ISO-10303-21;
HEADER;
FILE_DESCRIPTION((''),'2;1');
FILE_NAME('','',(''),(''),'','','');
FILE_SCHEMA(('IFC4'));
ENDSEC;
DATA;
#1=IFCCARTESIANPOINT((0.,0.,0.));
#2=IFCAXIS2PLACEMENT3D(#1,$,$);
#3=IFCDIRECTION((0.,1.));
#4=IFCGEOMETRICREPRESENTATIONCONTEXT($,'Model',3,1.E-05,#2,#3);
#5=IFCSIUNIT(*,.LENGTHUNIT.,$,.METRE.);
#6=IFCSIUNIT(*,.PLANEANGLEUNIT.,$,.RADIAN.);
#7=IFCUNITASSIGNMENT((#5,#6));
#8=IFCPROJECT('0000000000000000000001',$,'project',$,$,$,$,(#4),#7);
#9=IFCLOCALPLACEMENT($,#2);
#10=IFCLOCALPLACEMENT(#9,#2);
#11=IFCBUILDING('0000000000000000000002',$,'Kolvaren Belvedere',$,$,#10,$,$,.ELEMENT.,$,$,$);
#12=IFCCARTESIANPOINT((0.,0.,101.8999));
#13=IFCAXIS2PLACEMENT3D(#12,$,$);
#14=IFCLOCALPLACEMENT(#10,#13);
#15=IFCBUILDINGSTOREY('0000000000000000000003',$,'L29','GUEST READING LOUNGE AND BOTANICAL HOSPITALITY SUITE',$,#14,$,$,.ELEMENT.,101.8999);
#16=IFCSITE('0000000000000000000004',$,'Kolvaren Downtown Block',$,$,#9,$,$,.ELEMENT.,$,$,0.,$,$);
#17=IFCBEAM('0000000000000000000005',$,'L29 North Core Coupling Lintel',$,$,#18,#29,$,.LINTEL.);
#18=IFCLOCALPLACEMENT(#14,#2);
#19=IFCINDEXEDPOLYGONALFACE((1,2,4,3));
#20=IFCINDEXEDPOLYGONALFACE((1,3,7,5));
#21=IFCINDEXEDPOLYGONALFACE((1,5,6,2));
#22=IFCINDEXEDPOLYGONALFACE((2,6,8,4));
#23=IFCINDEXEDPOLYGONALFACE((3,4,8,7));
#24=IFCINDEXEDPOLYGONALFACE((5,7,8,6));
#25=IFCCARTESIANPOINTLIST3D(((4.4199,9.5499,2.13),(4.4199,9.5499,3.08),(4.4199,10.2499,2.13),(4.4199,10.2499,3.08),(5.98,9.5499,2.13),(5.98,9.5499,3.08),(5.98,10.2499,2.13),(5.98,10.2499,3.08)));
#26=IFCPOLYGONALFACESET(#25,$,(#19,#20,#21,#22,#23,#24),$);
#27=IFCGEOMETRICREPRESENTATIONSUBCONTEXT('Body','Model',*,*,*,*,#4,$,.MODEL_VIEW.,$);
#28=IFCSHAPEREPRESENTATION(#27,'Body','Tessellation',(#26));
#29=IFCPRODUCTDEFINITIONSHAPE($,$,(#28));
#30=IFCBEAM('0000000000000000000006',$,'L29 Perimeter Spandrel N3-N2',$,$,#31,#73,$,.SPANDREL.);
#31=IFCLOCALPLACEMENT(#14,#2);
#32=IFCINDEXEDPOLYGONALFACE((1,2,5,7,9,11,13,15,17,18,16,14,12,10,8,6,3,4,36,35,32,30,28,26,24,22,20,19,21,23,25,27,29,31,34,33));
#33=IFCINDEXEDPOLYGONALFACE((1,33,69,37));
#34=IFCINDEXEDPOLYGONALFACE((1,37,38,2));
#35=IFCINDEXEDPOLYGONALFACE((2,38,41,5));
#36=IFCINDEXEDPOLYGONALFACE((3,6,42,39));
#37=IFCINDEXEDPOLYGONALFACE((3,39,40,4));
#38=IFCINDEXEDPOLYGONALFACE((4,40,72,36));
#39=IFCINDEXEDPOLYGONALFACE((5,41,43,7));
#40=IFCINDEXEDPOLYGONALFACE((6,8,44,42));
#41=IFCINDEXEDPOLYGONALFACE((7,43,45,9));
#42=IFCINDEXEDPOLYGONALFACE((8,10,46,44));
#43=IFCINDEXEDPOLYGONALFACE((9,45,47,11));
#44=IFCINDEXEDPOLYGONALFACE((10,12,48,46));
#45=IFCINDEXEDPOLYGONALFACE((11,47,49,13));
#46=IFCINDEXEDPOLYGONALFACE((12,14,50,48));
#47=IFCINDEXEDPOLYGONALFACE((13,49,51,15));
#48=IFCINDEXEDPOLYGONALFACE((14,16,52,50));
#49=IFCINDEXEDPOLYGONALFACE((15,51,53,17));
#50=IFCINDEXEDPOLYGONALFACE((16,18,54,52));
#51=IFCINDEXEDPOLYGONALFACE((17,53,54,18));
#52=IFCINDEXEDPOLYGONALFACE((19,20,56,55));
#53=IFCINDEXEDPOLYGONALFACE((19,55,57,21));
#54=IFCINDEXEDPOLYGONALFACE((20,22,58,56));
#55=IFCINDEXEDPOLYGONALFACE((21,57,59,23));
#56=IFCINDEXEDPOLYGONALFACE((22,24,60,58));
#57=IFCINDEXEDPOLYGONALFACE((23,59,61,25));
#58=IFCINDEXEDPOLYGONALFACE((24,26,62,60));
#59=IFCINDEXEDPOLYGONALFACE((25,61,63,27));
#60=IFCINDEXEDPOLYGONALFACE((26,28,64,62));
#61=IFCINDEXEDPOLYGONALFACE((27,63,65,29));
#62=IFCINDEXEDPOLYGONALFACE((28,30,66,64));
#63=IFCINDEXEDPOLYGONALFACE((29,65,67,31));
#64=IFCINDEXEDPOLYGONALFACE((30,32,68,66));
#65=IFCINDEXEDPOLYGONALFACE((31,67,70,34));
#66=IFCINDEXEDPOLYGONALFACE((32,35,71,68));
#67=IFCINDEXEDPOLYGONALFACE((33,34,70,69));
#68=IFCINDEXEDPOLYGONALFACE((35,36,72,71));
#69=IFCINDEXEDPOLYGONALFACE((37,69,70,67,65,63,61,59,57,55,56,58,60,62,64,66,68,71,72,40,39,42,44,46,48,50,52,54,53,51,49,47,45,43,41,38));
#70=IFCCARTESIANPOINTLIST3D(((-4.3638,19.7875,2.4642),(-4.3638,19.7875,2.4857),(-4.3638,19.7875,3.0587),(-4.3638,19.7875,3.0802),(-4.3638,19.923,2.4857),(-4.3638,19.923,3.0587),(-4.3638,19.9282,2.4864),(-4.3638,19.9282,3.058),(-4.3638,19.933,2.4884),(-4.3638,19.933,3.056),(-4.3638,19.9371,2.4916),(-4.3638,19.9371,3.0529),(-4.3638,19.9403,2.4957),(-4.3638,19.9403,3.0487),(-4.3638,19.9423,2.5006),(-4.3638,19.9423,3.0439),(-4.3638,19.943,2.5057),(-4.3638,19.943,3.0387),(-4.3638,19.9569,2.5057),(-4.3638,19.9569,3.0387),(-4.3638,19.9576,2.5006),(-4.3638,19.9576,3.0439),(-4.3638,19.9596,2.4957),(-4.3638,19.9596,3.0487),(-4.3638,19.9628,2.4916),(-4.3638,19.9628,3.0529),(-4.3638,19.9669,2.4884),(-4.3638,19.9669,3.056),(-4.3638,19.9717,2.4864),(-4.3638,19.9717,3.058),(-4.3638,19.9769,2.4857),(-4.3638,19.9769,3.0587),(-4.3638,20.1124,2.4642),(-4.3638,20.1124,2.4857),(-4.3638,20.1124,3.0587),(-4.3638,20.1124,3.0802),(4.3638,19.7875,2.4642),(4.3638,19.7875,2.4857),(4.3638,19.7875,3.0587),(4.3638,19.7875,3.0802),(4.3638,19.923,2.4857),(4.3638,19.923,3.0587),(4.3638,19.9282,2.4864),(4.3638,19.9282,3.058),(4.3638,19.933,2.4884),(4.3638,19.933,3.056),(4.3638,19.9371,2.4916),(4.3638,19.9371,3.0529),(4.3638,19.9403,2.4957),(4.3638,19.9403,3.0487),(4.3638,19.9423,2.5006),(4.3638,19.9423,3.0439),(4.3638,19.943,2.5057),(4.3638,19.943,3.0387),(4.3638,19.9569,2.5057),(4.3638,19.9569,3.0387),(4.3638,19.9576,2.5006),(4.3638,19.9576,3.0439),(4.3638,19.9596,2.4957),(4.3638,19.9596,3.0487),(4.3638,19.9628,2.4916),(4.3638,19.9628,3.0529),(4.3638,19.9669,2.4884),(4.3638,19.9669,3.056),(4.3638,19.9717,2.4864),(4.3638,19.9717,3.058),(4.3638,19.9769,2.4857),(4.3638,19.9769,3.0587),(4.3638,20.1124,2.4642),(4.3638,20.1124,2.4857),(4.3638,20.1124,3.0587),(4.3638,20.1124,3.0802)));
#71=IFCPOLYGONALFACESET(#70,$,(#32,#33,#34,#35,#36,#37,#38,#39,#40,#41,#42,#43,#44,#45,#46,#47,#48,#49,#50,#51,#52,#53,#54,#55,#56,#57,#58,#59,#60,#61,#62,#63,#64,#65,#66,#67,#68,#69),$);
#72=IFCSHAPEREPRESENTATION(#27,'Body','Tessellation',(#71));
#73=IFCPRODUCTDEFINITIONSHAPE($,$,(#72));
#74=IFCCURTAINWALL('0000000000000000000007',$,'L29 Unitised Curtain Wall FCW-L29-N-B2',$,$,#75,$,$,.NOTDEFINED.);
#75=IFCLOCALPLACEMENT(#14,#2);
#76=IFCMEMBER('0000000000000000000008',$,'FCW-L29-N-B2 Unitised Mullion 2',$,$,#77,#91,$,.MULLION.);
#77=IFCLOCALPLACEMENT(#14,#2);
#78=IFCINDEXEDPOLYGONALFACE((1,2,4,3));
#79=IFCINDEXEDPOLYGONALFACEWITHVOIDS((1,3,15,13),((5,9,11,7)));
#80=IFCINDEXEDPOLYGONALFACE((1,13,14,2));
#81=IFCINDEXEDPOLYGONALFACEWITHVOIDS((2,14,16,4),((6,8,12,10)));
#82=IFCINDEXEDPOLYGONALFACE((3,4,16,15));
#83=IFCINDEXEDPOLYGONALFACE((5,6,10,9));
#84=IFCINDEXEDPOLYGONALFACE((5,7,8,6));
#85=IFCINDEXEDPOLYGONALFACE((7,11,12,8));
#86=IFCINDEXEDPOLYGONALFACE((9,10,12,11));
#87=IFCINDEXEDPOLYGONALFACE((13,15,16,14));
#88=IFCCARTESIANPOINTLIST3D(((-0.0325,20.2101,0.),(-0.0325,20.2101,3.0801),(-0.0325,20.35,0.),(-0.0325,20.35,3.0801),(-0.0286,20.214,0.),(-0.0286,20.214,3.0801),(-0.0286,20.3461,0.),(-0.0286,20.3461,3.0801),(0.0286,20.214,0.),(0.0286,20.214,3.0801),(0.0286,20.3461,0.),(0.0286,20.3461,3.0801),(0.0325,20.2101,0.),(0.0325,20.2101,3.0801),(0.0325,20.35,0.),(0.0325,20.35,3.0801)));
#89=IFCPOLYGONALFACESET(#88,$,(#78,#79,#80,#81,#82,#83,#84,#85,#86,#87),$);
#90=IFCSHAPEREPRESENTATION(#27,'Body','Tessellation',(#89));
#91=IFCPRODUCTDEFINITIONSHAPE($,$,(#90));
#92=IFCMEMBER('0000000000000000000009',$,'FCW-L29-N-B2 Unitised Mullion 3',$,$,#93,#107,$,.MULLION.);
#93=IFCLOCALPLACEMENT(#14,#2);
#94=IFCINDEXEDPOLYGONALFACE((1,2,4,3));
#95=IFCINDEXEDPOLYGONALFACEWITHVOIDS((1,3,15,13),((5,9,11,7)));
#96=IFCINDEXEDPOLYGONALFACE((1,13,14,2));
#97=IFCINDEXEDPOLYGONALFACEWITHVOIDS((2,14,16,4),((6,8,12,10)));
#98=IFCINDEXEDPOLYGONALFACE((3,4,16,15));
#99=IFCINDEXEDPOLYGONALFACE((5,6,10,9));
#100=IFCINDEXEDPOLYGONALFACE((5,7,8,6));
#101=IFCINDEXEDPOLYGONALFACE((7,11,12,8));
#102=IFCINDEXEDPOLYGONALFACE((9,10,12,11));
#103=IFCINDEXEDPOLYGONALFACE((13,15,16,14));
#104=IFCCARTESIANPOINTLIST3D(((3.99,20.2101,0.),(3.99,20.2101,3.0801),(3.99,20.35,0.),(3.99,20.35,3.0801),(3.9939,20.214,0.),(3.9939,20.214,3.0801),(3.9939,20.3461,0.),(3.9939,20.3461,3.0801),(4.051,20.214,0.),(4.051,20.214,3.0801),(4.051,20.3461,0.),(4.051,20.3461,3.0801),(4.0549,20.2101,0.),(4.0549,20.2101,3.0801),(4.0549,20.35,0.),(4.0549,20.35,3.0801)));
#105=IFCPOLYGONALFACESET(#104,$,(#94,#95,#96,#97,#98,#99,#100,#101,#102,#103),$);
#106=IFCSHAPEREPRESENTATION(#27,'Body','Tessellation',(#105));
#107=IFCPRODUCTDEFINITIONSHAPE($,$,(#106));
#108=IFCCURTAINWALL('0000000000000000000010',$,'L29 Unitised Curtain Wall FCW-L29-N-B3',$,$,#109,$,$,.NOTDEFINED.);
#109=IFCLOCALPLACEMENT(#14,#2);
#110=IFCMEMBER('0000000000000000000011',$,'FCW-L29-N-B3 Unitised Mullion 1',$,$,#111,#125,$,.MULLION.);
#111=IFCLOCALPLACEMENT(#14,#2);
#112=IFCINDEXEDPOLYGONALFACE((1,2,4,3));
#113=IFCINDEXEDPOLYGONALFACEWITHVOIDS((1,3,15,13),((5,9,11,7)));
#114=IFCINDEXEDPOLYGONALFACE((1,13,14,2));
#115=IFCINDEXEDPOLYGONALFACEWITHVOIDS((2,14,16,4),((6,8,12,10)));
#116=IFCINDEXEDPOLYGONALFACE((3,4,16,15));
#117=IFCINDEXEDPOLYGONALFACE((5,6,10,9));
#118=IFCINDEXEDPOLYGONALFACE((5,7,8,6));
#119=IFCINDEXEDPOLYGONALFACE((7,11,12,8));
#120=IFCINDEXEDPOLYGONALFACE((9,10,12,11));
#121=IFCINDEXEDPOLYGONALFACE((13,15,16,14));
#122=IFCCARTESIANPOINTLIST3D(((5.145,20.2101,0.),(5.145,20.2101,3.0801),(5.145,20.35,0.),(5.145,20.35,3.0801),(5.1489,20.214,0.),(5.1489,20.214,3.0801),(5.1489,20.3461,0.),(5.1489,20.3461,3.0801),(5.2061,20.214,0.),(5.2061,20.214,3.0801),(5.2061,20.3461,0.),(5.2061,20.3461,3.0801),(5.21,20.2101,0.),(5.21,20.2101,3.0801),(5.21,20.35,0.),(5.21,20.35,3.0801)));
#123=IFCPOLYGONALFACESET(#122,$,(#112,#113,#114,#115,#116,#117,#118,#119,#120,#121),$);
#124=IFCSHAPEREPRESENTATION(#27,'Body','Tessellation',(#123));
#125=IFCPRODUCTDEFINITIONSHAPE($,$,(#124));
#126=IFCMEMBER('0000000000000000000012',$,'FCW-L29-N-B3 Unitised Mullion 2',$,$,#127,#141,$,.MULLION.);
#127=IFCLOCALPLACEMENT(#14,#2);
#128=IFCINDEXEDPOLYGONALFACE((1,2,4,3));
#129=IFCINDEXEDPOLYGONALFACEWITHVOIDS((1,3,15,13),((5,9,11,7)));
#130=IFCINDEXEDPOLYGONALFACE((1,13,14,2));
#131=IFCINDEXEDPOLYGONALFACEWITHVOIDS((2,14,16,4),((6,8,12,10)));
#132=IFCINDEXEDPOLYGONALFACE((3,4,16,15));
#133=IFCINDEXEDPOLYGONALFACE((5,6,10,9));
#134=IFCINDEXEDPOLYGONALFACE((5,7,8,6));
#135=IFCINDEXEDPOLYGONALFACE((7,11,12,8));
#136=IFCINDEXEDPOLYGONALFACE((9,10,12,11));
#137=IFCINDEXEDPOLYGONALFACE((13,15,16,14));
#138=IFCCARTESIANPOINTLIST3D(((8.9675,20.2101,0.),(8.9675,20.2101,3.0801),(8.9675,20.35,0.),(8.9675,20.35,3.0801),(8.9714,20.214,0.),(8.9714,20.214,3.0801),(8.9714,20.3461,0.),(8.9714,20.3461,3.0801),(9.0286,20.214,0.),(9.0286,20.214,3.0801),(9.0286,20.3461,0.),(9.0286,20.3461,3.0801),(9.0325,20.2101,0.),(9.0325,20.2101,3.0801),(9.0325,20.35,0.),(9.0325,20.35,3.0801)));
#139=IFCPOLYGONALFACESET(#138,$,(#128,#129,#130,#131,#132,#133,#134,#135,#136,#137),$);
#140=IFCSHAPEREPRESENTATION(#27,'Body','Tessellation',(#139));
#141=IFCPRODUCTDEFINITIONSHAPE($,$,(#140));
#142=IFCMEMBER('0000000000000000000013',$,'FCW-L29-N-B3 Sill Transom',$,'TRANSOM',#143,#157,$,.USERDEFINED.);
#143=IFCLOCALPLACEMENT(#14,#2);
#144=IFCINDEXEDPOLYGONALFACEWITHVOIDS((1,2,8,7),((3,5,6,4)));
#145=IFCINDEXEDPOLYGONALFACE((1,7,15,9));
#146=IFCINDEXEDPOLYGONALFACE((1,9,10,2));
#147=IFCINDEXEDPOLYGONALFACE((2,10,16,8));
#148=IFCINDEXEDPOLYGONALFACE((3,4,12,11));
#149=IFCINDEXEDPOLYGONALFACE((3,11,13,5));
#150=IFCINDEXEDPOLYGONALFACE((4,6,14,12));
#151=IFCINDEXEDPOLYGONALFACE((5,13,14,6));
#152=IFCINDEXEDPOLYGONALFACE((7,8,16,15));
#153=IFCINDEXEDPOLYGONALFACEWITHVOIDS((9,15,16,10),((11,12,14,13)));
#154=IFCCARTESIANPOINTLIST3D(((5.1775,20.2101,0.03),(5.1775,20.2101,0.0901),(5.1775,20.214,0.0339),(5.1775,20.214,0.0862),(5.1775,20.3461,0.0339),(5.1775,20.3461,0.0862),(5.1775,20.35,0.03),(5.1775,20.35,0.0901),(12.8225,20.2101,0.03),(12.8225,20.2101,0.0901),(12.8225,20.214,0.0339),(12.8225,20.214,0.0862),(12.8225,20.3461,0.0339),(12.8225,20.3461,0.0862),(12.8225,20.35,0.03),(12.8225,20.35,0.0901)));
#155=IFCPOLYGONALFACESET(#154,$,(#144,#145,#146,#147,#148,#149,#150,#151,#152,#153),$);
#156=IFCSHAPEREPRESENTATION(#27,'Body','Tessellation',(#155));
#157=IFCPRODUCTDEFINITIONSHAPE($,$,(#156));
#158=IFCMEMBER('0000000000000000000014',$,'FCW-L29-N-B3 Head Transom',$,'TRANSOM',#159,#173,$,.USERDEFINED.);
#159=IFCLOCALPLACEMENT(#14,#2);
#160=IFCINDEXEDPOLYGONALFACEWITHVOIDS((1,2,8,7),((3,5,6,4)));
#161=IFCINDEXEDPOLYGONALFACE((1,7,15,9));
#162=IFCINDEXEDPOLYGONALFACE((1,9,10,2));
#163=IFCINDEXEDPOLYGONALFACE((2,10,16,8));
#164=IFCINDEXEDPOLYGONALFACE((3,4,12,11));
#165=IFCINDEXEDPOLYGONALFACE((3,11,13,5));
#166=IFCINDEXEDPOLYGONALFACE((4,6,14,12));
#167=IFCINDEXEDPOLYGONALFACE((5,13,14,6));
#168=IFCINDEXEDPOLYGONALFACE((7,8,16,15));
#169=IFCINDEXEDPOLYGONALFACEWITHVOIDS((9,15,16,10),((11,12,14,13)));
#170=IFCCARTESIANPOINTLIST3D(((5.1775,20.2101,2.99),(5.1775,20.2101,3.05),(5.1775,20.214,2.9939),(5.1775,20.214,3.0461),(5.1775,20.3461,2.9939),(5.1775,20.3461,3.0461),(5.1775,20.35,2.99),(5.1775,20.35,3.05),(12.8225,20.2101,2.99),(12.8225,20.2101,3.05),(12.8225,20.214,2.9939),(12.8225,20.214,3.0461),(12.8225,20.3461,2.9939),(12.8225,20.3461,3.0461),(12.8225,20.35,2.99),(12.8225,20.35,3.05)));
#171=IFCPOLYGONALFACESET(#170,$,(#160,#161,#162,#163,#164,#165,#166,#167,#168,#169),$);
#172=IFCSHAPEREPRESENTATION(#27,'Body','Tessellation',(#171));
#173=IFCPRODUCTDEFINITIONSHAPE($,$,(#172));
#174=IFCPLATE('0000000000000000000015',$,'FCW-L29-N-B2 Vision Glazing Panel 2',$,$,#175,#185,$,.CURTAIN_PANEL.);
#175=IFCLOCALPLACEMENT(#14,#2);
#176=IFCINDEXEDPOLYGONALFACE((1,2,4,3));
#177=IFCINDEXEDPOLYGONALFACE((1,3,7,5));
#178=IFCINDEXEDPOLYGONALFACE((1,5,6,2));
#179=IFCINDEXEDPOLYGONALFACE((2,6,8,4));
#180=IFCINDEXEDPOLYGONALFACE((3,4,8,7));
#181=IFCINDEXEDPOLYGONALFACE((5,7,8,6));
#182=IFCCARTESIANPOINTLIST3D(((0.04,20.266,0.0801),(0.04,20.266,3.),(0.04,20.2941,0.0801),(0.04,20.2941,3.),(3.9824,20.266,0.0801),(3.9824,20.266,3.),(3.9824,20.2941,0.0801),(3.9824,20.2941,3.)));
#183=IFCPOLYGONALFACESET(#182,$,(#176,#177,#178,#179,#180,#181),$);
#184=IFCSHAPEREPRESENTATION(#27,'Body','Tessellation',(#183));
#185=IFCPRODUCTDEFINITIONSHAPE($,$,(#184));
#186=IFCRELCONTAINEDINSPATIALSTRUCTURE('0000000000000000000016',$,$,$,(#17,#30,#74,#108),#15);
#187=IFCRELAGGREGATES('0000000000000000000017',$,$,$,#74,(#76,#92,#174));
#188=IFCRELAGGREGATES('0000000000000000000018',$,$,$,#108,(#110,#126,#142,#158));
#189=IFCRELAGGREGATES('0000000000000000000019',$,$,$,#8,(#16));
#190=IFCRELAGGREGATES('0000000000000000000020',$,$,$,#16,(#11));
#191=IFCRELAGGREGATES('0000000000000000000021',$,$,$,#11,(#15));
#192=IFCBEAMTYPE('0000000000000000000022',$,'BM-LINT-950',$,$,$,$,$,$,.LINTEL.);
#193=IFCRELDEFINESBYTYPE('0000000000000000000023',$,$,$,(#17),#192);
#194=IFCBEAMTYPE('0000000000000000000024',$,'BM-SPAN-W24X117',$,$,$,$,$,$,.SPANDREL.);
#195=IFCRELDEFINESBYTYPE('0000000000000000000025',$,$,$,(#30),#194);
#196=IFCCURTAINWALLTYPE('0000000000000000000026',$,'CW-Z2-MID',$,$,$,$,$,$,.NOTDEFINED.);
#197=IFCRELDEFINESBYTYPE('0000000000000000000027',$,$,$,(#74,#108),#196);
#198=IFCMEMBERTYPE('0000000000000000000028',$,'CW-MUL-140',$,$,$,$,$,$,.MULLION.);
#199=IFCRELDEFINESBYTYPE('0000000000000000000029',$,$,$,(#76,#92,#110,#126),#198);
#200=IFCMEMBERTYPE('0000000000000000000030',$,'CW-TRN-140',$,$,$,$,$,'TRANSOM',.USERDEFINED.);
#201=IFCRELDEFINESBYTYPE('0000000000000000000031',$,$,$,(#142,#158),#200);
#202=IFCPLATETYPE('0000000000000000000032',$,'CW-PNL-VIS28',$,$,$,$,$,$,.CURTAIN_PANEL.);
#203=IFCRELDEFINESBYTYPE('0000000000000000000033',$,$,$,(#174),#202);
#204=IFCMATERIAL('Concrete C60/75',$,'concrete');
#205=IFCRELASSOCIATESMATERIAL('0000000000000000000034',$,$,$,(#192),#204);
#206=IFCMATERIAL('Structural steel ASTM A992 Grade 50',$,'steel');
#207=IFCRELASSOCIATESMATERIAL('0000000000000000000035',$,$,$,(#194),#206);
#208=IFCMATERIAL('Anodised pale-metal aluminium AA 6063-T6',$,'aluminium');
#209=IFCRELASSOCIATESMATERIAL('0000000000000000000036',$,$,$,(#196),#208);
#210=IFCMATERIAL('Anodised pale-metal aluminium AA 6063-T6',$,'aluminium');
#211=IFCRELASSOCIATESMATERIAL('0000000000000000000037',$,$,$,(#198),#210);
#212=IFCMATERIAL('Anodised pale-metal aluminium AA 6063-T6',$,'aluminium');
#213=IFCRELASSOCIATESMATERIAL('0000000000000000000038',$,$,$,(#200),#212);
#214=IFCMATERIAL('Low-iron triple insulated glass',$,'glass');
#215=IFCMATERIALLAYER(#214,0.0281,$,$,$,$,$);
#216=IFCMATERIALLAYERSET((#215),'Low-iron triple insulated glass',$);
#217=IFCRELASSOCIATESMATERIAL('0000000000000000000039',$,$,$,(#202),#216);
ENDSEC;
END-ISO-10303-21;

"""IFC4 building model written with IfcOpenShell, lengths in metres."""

from ifc_helpers import new_model, si_unit, direction, frame, origin, origin_2d, place, context, subcontext, project, spatial, rectangle, hollow_rectangle, i_section, extrude, material, layer, layer_set, material_profile, profile_set, type_object, element, aggregate, save


model = new_model("IFC4")

# Units and contexts
model_context = context("Model", 3, precision=1e-05, world=origin(), true_north=direction((0.0, 1.0)))
body_context = subcontext(model_context, "Body", "Model", "MODEL_VIEW")
ifc_project = project(units=[si_unit("LENGTHUNIT", "METRE"), si_unit("PLANEANGLEUNIT", "RADIAN")], contexts=[model_context])

# Site, building, storey
site_placement = place(None, origin())
site = spatial("IfcSite", under=ifc_project, at=site_placement, Name="Kolvaren Downtown Block", CompositionType="ELEMENT", RefElevation=0.0)
building_placement = place(site_placement, origin())
building = spatial("IfcBuilding", under=site, at=building_placement, Name="Kolvaren Belvedere", CompositionType="ELEMENT")
storey_placement = place(building_placement, frame((0.0, 0.0, 101.8999)))
storey = spatial("IfcBuildingStorey", under=building, at=storey_placement, Name="L29", Description="GUEST READING LOUNGE AND BOTANICAL HOSPITALITY SUITE", CompositionType="ELEMENT", Elevation=101.8999)

# Beams
ifc_material_1 = material(Name="Concrete C60/75", Category="concrete")
ifc_material_profile_1 = material_profile(ifc_material_1, rectangle(XDim=0.7, YDim=0.95, at=origin_2d()), Name="RC 700X950")
ifc_profile_set_1 = profile_set([ifc_material_profile_1], Name="Concrete C60/75")
beam_type_1 = type_object("IfcBeamType", Name="BM-LINT-950", PredefinedType="LINTEL", material=ifc_profile_set_1)
beam_1_placement = place(storey_placement, frame((4.4199, 9.8999, 2.605), z_axis=(1.0, 0.0, 0.0), x_axis=(0.0, 1.0, 0.0)))
element("IfcBeam", 1, at=beam_1_placement, inside=storey, type_object=beam_type_1, Name="L29 North Core Coupling Lintel", PredefinedType="LINTEL", context=body_context, shape_type="SweptSolid", body=[
    extrude(rectangle(XDim=0.7, YDim=0.95, at=origin_2d()), origin(), (0.0, 0.0, 1.0), 1.5601),
])
ifc_material_2 = material(Name="Structural steel ASTM A992 Grade 50", Category="steel")
ifc_material_profile_2 = material_profile(ifc_material_2, i_section(OverallWidth=0.325, OverallDepth=0.616, WebThickness=0.0139, FlangeThickness=0.0215, FilletRadius=0.02, at=origin_2d()), Name="W24X117")
ifc_profile_set_2 = profile_set([ifc_material_profile_2], Name="Structural steel ASTM A992 Grade 50")
beam_type_2 = type_object("IfcBeamType", Name="BM-SPAN-W24X117", PredefinedType="SPANDREL", material=ifc_profile_set_2)
beam_2_placement = place(storey_placement, frame((4.3638, 19.95, 2.7722), z_axis=(-1.0, 0.0, 0.0), x_axis=(0.0, -1.0, 0.0)))
element("IfcBeam", 2, at=beam_2_placement, inside=storey, type_object=beam_type_2, Name="L29 Perimeter Spandrel N3-N2", PredefinedType="SPANDREL", context=body_context, shape_type="SweptSolid", body=[
    extrude(i_section(OverallWidth=0.325, OverallDepth=0.616, WebThickness=0.0139, FlangeThickness=0.0215, FilletRadius=0.02, at=origin_2d()), origin(), (0.0, 0.0, 1.0), 8.7275),
])

# Curtain walls, members
ifc_material_3 = material(Name="Anodised pale-metal aluminium AA 6063-T6", Category="aluminium")
curtain_wall_type = type_object("IfcCurtainWallType", Name="CW-Z2-MID", PredefinedType="NOTDEFINED", material=ifc_material_3)
curtain_wall_1_placement = place(storey_placement, origin())
curtain_wall_1 = element("IfcCurtainWall", 3, at=curtain_wall_1_placement, inside=storey, type_object=curtain_wall_type, Name="L29 Unitised Curtain Wall FCW-L29-N-B2", PredefinedType="NOTDEFINED")
ifc_material_4 = material(Name="Anodised pale-metal aluminium AA 6063-T6", Category="aluminium")
ifc_material_profile_3 = material_profile(ifc_material_4, hollow_rectangle(XDim=0.0649, YDim=0.1399, WallThickness=0.0039, at=origin_2d()), Name="ALU-MUL-140X65")
ifc_profile_set_3 = profile_set([ifc_material_profile_3], Name="Anodised pale-metal aluminium AA 6063-T6")
member_type_1 = type_object("IfcMemberType", Name="CW-MUL-140", PredefinedType="MULLION", material=ifc_profile_set_3)
member_1_placement = place(storey_placement, frame((0.0, 20.28, 0.0), z_axis=(0.0, 0.0, 1.0), x_axis=(1.0, 0.0, 0.0)))
member_1 = element("IfcMember", 4, at=member_1_placement, type_object=member_type_1, Name="FCW-L29-N-B2 Unitised Mullion 2", PredefinedType="MULLION", context=body_context, shape_type="SweptSolid", body=[
    extrude(hollow_rectangle(XDim=0.0649, YDim=0.1399, WallThickness=0.0039, at=origin_2d()), origin(), (0.0, 0.0, 1.0), 3.0801),
])
member_2_placement = place(storey_placement, frame((4.0225, 20.28, 0.0), z_axis=(0.0, 0.0, 1.0), x_axis=(1.0, 0.0, 0.0)))
member_2 = element("IfcMember", 5, at=member_2_placement, type_object=member_type_1, Name="FCW-L29-N-B2 Unitised Mullion 3", PredefinedType="MULLION", context=body_context, shape_type="SweptSolid", body=[
    extrude(hollow_rectangle(XDim=0.0649, YDim=0.1399, WallThickness=0.0039, at=origin_2d()), origin(), (0.0, 0.0, 1.0), 3.0801),
])
curtain_wall_2_placement = place(storey_placement, origin())
curtain_wall_2 = element("IfcCurtainWall", 6, at=curtain_wall_2_placement, inside=storey, type_object=curtain_wall_type, Name="L29 Unitised Curtain Wall FCW-L29-N-B3", PredefinedType="NOTDEFINED")
member_3_placement = place(storey_placement, frame((5.1775, 20.28, 0.0), z_axis=(0.0, 0.0, 1.0), x_axis=(1.0, 0.0, 0.0)))
member_3 = element("IfcMember", 7, at=member_3_placement, type_object=member_type_1, Name="FCW-L29-N-B3 Unitised Mullion 1", PredefinedType="MULLION", context=body_context, shape_type="SweptSolid", body=[
    extrude(hollow_rectangle(XDim=0.0649, YDim=0.1399, WallThickness=0.0039, at=origin_2d()), origin(), (0.0, 0.0, 1.0), 3.0801),
])
member_4_placement = place(storey_placement, frame((9.0, 20.28, 0.0), z_axis=(0.0, 0.0, 1.0), x_axis=(1.0, 0.0, 0.0)))
member_4 = element("IfcMember", 8, at=member_4_placement, type_object=member_type_1, Name="FCW-L29-N-B3 Unitised Mullion 2", PredefinedType="MULLION", context=body_context, shape_type="SweptSolid", body=[
    extrude(hollow_rectangle(XDim=0.0649, YDim=0.1399, WallThickness=0.0039, at=origin_2d()), origin(), (0.0, 0.0, 1.0), 3.0801),
])
ifc_material_5 = material(Name="Anodised pale-metal aluminium AA 6063-T6", Category="aluminium")
ifc_material_profile_4 = material_profile(ifc_material_5, hollow_rectangle(XDim=0.0601, YDim=0.1399, WallThickness=0.0039, at=origin_2d()), Name="ALU-TRN-140X60")
ifc_profile_set_4 = profile_set([ifc_material_profile_4], Name="Anodised pale-metal aluminium AA 6063-T6")
member_type_2 = type_object("IfcMemberType", Name="CW-TRN-140", ElementType="TRANSOM", PredefinedType="USERDEFINED", material=ifc_profile_set_4)
member_5_placement = place(storey_placement, frame((5.1775, 20.28, 0.0601), z_axis=(1.0, 0.0, 0.0), x_axis=(0.0, 0.0, 1.0)))
member_5 = element("IfcMember", 9, at=member_5_placement, type_object=member_type_2, Name="FCW-L29-N-B3 Sill Transom", ObjectType="TRANSOM", PredefinedType="USERDEFINED", context=body_context, shape_type="SweptSolid", body=[
    extrude(hollow_rectangle(XDim=0.0601, YDim=0.1399, WallThickness=0.0039, at=origin_2d()), origin(), (0.0, 0.0, 1.0), 7.645),
])
member_6_placement = place(storey_placement, frame((5.1775, 20.28, 3.02), z_axis=(1.0, 0.0, 0.0), x_axis=(0.0, 0.0, 1.0)))
member_6 = element("IfcMember", 10, at=member_6_placement, type_object=member_type_2, Name="FCW-L29-N-B3 Head Transom", ObjectType="TRANSOM", PredefinedType="USERDEFINED", context=body_context, shape_type="SweptSolid", body=[
    extrude(hollow_rectangle(XDim=0.0601, YDim=0.1399, WallThickness=0.0039, at=origin_2d()), origin(), (0.0, 0.0, 1.0), 7.645),
])

# Plate
ifc_material_6 = material(Name="Low-iron triple insulated glass", Category="glass")
ifc_layer_1 = layer(ifc_material_6, 0.0281)
ifc_layer_set_1 = layer_set([ifc_layer_1], Name="Low-iron triple insulated glass")
plate_type_1 = type_object("IfcPlateType", Name="CW-PNL-VIS28", PredefinedType="CURTAIN_PANEL", material=ifc_layer_set_1)
plate_1_placement = place(storey_placement, frame((2.0112, 20.28, 0.0801), z_axis=(0.0, 0.0, 1.0), x_axis=(1.0, 0.0, 0.0)))
plate_1 = element("IfcPlate", 11, at=plate_1_placement, type_object=plate_type_1, Name="FCW-L29-N-B2 Vision Glazing Panel 2", PredefinedType="CURTAIN_PANEL", context=body_context, shape_type="SweptSolid", body=[
    extrude(rectangle(XDim=3.9424, YDim=0.0281, at=origin_2d()), origin(), (0.0, 0.0, 1.0), 2.9199),
])
aggregate(curtain_wall_1, [member_1, member_2, plate_1])
aggregate(curtain_wall_2, [member_3, member_4, member_5, member_6])

save(model, "model.ifc")
